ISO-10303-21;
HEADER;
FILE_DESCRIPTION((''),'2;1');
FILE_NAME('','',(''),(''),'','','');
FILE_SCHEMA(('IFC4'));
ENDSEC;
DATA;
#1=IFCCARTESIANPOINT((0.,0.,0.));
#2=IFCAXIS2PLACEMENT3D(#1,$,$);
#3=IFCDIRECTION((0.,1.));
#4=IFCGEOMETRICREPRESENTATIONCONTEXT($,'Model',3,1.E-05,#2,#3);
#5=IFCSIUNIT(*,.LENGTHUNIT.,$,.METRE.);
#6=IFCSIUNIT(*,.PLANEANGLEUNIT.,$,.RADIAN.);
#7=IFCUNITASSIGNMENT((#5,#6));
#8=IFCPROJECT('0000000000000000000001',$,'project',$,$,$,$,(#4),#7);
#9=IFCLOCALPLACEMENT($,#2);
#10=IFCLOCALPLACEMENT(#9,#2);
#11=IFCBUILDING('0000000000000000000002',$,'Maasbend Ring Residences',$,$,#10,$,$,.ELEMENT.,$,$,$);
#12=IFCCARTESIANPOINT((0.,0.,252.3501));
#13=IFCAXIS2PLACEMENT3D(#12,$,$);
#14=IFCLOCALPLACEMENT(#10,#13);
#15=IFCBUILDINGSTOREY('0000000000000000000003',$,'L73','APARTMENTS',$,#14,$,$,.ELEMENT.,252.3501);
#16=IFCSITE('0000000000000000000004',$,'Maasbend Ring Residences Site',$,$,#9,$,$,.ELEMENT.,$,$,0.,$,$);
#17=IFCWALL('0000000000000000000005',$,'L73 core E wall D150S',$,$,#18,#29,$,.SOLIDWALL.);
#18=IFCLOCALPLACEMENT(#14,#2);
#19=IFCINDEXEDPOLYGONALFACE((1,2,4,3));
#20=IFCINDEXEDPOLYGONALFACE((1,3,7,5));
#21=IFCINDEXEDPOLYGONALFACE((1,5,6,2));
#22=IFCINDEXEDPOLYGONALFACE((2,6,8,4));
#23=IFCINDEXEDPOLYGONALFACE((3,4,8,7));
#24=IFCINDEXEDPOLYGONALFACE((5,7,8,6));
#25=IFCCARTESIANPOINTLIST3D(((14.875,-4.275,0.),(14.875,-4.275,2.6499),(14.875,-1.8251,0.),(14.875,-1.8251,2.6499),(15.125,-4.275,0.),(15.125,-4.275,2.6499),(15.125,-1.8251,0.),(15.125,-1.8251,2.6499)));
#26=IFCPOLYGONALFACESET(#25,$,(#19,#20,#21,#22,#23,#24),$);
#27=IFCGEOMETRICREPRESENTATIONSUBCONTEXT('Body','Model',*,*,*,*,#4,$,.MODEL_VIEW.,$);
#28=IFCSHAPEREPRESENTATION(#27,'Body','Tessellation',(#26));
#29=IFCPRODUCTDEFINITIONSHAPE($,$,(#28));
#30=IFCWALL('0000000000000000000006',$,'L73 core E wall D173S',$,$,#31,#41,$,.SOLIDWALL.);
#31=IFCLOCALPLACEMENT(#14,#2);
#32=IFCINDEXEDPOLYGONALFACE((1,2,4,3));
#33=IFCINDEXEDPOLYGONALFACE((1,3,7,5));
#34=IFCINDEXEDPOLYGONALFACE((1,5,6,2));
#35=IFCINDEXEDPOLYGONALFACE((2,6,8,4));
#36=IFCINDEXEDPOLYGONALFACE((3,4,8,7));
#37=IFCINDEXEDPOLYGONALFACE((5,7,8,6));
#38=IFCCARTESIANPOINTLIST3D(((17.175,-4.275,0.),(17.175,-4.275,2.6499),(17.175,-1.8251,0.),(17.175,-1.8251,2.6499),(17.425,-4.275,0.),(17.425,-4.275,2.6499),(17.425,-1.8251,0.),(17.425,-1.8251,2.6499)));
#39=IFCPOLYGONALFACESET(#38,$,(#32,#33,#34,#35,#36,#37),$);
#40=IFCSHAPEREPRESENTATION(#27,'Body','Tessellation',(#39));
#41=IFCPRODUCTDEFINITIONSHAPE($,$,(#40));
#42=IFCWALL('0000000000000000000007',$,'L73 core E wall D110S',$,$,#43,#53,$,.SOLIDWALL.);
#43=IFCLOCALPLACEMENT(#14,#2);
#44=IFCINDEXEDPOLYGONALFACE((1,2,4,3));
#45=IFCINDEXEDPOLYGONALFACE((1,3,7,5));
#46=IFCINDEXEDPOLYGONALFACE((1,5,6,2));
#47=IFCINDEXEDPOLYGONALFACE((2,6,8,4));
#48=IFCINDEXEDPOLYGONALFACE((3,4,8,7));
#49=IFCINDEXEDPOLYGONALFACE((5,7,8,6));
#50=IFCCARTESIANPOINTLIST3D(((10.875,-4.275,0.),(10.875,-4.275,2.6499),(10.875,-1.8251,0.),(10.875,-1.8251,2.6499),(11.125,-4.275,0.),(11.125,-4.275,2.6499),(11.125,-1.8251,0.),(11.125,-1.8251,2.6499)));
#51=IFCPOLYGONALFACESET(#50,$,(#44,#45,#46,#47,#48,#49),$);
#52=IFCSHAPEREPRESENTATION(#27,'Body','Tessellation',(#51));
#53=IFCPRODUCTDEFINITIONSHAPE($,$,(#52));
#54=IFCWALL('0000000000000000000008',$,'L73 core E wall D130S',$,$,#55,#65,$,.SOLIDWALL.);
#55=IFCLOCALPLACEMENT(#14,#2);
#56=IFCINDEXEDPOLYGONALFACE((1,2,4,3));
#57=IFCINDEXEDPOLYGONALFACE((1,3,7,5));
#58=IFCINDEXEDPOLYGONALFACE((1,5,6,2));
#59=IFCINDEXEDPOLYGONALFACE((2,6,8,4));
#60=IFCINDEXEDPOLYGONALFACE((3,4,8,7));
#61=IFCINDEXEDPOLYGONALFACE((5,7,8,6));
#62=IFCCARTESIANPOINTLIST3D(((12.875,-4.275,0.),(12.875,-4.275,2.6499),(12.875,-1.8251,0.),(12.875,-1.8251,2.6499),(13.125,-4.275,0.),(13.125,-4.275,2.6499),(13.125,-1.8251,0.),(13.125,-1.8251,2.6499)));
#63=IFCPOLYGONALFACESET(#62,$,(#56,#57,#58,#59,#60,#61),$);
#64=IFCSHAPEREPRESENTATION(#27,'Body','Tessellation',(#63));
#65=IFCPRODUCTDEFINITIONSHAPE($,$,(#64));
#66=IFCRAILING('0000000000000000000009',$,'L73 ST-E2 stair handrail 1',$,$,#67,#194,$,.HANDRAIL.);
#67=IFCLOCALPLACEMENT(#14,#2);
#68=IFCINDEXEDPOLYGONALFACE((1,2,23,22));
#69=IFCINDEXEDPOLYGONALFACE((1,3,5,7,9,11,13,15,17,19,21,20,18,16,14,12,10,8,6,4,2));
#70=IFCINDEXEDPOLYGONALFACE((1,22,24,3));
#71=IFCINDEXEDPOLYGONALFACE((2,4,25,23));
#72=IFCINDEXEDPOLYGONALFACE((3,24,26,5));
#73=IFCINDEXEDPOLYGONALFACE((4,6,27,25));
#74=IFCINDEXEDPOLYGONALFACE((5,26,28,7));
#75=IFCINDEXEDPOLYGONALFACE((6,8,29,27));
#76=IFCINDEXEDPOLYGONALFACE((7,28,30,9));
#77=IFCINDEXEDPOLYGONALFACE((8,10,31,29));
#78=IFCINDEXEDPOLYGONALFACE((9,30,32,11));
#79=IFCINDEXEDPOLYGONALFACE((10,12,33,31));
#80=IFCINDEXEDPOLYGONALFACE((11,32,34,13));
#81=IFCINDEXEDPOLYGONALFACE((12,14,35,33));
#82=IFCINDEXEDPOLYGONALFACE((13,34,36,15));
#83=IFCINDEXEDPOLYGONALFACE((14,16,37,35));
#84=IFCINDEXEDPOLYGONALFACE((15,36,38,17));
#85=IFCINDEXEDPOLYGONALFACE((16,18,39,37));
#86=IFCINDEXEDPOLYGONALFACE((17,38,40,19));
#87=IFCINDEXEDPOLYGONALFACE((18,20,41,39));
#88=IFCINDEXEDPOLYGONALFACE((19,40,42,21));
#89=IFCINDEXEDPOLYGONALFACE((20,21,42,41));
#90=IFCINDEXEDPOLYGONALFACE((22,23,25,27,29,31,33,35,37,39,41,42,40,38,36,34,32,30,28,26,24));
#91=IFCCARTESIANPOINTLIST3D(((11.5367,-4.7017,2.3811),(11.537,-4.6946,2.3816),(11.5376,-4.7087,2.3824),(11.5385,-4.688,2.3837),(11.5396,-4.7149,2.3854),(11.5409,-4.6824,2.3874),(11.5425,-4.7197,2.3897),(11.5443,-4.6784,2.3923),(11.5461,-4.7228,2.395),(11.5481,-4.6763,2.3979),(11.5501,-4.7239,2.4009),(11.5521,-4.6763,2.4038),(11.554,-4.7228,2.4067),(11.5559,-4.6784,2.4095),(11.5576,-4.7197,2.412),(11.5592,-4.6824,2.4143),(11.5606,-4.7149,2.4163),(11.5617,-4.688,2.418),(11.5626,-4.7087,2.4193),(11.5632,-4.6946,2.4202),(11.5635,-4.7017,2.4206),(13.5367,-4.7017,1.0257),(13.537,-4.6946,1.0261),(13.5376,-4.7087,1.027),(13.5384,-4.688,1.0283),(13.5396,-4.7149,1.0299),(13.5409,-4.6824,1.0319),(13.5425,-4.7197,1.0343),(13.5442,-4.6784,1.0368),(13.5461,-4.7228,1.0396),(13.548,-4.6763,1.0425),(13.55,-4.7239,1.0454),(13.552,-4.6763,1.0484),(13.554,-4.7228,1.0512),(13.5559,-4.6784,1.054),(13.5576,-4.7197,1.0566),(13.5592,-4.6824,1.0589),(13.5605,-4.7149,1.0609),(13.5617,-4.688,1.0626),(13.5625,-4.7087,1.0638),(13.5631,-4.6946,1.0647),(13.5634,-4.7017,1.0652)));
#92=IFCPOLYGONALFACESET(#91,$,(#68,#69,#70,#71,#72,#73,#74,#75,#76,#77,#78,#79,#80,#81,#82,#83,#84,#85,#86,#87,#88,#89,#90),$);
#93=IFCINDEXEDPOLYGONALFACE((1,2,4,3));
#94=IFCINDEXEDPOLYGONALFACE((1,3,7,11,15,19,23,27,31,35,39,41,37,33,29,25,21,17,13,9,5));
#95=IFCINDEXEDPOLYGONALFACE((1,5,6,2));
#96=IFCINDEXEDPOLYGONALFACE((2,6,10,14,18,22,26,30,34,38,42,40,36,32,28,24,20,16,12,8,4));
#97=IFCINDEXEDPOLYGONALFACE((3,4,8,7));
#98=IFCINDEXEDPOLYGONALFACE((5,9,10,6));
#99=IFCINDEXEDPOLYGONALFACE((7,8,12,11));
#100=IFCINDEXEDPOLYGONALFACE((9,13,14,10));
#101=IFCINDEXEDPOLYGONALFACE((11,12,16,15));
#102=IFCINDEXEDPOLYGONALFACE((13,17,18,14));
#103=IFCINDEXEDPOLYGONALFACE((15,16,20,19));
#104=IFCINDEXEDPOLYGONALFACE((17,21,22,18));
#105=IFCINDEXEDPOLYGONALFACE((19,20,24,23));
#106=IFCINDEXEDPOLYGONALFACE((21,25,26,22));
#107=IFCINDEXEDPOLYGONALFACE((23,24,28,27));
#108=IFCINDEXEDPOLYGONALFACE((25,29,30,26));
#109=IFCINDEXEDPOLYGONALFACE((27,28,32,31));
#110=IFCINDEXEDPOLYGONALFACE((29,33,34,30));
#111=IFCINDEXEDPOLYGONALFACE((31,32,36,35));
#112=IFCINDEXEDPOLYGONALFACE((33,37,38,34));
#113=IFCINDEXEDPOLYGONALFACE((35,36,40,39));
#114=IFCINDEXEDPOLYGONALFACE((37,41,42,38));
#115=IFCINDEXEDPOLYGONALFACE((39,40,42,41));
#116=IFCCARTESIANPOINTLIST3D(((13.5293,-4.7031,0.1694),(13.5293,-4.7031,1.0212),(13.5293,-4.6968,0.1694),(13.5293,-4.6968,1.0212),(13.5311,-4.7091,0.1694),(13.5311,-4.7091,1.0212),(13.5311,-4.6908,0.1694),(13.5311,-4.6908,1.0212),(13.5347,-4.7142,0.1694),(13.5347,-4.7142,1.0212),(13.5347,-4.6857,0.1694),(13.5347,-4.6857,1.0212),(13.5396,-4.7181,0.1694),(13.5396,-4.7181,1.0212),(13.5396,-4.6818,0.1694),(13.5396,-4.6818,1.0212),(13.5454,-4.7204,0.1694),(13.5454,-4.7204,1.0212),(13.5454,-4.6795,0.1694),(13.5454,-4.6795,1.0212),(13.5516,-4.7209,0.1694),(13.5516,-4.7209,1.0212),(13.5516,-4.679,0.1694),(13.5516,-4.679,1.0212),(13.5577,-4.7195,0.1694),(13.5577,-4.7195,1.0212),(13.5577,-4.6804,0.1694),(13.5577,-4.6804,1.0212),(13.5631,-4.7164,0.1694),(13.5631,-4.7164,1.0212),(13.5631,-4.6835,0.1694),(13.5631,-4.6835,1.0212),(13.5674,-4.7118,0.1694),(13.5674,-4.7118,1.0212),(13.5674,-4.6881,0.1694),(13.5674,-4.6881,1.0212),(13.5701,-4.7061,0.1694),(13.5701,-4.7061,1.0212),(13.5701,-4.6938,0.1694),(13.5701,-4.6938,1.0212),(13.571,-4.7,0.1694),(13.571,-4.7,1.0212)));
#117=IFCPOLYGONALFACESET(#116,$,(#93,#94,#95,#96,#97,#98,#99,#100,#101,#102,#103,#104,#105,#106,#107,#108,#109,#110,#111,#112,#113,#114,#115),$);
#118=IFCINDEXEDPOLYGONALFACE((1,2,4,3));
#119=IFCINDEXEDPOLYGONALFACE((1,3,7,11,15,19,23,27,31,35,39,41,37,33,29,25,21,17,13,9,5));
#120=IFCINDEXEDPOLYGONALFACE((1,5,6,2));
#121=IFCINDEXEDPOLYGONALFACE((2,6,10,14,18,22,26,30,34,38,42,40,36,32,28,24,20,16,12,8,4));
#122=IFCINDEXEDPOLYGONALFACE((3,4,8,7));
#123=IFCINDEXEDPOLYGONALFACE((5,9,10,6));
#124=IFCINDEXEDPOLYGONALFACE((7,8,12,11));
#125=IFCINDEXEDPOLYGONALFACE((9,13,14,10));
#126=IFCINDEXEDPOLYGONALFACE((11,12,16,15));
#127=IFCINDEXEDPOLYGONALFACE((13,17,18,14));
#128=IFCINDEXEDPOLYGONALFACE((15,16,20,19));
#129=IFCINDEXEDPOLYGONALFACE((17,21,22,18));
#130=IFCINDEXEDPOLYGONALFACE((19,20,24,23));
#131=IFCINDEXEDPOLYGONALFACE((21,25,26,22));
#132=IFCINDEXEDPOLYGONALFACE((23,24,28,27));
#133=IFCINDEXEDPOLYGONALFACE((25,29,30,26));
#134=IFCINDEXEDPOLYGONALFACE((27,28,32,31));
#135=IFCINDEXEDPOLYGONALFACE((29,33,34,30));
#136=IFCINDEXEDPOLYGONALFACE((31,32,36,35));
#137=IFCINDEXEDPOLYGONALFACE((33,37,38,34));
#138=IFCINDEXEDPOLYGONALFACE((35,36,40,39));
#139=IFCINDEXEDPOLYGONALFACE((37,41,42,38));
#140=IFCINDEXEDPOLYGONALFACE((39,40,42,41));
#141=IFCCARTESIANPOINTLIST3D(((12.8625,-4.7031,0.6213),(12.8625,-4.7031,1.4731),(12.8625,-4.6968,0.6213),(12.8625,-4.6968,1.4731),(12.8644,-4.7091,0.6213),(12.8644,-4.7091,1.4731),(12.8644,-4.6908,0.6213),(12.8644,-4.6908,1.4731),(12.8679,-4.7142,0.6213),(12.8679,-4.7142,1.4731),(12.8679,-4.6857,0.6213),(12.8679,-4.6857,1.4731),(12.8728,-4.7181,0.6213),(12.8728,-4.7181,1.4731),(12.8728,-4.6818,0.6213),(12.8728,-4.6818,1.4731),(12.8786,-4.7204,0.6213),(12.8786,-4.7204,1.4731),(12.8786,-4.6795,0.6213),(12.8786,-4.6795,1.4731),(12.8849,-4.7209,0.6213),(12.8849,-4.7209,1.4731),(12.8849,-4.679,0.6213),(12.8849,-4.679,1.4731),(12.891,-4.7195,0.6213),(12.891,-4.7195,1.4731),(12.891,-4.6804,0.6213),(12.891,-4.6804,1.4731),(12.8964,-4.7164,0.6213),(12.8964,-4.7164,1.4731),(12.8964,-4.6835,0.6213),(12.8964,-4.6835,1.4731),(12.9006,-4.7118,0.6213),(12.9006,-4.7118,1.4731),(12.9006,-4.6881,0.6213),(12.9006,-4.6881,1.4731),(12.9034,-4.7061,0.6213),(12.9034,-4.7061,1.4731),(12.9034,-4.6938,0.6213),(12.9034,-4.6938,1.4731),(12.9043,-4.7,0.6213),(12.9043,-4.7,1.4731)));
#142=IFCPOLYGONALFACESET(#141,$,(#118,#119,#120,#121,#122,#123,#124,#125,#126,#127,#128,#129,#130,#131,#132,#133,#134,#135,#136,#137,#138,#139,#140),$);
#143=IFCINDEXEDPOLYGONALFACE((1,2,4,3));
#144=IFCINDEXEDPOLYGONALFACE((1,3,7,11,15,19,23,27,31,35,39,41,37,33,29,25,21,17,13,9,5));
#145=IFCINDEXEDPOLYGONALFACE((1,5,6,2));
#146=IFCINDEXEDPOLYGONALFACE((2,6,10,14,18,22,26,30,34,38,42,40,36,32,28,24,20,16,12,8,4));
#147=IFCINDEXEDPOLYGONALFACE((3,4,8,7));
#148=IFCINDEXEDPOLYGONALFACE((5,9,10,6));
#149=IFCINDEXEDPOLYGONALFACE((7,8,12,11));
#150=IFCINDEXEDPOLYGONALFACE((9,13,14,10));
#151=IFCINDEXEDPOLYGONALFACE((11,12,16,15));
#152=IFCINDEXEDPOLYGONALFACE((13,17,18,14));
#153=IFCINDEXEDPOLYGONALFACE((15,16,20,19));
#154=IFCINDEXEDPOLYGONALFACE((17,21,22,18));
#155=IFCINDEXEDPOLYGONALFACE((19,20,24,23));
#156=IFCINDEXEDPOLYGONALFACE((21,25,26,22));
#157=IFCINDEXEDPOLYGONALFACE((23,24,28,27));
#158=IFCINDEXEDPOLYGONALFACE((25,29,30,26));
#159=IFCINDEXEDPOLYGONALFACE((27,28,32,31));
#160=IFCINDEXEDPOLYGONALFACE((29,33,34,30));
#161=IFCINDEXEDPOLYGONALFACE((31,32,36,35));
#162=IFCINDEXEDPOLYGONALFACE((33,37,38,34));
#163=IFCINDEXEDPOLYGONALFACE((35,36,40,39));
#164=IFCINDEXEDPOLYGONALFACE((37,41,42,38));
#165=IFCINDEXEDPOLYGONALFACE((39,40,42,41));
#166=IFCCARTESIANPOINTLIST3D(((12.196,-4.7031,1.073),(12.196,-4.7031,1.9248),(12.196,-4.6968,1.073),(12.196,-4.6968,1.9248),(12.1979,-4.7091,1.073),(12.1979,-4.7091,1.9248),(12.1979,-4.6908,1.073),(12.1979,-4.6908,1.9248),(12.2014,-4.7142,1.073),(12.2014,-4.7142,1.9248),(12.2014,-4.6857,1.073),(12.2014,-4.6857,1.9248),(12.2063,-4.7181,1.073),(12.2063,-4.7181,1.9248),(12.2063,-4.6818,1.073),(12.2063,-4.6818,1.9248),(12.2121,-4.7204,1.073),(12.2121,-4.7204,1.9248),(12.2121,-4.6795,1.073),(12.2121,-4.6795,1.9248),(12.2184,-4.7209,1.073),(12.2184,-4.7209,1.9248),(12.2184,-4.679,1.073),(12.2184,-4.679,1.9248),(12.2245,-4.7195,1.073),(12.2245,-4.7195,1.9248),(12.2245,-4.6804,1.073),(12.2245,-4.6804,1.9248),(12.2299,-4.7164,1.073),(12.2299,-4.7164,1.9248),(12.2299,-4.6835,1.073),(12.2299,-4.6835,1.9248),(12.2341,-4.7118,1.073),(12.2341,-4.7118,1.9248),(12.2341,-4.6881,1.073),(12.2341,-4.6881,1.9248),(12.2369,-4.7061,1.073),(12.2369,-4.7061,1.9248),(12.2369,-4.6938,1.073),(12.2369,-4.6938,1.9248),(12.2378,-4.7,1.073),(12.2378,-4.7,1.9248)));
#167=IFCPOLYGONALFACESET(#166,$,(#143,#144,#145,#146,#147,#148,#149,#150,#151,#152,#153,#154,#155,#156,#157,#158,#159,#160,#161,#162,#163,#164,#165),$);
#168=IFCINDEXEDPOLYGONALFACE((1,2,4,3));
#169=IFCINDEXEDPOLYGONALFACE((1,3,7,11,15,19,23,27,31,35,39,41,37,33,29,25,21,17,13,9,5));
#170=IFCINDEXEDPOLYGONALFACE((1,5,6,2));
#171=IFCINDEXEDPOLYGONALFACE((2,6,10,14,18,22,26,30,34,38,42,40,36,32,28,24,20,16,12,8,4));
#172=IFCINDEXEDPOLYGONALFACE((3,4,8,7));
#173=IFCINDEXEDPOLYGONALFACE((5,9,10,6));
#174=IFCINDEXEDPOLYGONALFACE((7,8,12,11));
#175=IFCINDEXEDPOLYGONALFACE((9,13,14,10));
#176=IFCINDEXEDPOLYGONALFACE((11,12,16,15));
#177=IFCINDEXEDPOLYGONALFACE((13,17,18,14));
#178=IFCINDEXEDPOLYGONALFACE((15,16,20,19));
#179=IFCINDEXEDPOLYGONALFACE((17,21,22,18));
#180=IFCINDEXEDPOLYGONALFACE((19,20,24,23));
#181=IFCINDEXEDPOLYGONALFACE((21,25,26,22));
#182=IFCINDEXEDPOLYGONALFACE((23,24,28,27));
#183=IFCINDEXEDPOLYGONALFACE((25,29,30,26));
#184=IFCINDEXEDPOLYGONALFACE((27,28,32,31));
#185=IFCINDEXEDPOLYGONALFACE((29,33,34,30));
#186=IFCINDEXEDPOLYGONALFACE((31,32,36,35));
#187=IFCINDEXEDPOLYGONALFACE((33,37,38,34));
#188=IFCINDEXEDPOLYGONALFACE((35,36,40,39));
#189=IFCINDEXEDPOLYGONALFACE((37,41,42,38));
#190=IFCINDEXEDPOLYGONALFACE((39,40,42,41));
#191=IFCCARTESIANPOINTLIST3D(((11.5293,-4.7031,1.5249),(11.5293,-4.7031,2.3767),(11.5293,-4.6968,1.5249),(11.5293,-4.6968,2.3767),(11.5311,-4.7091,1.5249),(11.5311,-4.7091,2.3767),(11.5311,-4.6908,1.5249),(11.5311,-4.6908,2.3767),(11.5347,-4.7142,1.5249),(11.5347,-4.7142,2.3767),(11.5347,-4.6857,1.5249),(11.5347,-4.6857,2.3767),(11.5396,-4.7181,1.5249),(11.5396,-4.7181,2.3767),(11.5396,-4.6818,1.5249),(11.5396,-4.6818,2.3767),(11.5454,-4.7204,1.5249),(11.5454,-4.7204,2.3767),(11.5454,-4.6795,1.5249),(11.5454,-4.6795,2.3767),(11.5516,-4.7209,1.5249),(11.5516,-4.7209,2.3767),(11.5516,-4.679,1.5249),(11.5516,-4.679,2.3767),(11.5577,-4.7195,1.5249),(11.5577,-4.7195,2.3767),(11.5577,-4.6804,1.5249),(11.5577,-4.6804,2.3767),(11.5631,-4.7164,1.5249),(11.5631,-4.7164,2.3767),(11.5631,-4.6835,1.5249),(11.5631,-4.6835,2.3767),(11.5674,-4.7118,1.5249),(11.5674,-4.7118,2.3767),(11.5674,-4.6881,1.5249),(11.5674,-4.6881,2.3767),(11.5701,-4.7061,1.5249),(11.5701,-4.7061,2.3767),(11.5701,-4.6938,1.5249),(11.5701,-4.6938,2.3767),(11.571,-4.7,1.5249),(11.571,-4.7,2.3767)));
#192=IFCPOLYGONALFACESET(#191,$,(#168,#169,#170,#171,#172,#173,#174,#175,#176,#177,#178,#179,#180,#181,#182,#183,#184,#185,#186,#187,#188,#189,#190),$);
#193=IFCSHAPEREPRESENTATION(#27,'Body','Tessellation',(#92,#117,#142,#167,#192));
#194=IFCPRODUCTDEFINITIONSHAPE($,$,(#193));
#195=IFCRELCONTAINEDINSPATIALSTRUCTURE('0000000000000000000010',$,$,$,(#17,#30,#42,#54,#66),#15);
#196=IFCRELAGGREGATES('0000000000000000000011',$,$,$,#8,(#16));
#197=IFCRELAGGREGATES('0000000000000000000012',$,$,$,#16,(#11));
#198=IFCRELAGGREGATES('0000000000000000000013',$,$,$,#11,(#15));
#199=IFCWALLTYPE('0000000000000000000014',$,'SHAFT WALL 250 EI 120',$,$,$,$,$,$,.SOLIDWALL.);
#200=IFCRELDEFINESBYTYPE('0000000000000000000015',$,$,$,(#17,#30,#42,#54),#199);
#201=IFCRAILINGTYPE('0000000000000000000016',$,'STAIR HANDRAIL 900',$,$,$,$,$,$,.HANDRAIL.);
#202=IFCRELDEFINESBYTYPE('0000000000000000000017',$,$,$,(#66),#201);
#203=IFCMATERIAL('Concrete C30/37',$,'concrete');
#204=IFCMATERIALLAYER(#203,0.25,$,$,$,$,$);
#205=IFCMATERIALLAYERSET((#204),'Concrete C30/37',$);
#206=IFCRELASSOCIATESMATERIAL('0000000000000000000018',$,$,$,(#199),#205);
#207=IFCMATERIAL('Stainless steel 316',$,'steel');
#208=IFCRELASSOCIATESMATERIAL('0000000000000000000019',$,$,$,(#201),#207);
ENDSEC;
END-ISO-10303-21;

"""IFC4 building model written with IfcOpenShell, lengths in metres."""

from ifc_helpers import new_model, si_unit, direction, frame, frame_2d, origin, origin_2d, place, context, subcontext, project, spatial, rectangle, circle, extrude, material, layer, layer_set, type_object, element, save


model = new_model("IFC4")

# Units and contexts
model_context = context("Model", 3, precision=1e-05, world=origin(), true_north=direction((0.0, 1.0)))
body_context = subcontext(model_context, "Body", "Model", "MODEL_VIEW")
ifc_project = project(units=[si_unit("LENGTHUNIT", "METRE"), si_unit("PLANEANGLEUNIT", "RADIAN")], contexts=[model_context])

# Site, building, storey
site_placement = place(None, origin())
site = spatial("IfcSite", under=ifc_project, at=site_placement, Name="Maasbend Ring Residences Site", CompositionType="ELEMENT", RefElevation=0.0)
building_placement = place(site_placement, origin())
building = spatial("IfcBuilding", under=site, at=building_placement, Name="Maasbend Ring Residences", CompositionType="ELEMENT")
storey_placement = place(building_placement, frame((0.0, 0.0, 252.3501)))
storey = spatial("IfcBuildingStorey", under=building, at=storey_placement, Name="L73", Description="APARTMENTS", CompositionType="ELEMENT", Elevation=252.3501)

# Walls
ifc_material_1 = material(Name="Concrete C30/37", Category="concrete")
ifc_layer_1 = layer(ifc_material_1, 0.25)
ifc_layer_set_1 = layer_set([ifc_layer_1], Name="Concrete C30/37")
wall_type_1 = type_object("IfcWallType", Name="SHAFT WALL 250 EI 120", PredefinedType="SOLIDWALL", material=ifc_layer_set_1)
for number, where, z_axis, x_axis, name in (
    (1, (15.0, -1.825, 0.0), (0.0, 0.0, 1.0), (0.0, -1.0, 0.0), "L73 core E wall D150S"),
    (2, (17.3, -1.825, 0.0), (0.0, 0.0, 1.0), (0.0, -1.0, 0.0), "L73 core E wall D173S"),
    (3, (11.0, -1.825, 0.0), (0.0, 0.0, 1.0), (0.0, -1.0, 0.0), "L73 core E wall D110S"),
    (4, (13.0, -1.825, 0.0), (0.0, 0.0, 1.0), (0.0, -1.0, 0.0), "L73 core E wall D130S"),
):
    element("IfcWall", number, at=place(storey_placement, frame(where, z_axis=z_axis, x_axis=x_axis)), inside=storey, type_object=wall_type_1, Name=name, PredefinedType="SOLIDWALL", context=body_context, shape_type="SweptSolid", body=[
        extrude(rectangle(XDim=2.45, YDim=0.25, at=frame_2d((1.2251, 0.0))), origin(), (0.0, 0.0, 1.0), 2.6499),
    ])

# Railing
ifc_material_2 = material(Name="Stainless steel 316", Category="steel")
railing_type_1 = type_object("IfcRailingType", Name="STAIR HANDRAIL 900", PredefinedType="HANDRAIL", material=ifc_material_2)
railing_1_placement = place(storey_placement, frame((13.55, -4.7, 0.1694)))
element("IfcRailing", 5, at=railing_1_placement, inside=storey, type_object=railing_type_1, Name="L73 ST-E2 stair handrail 1", PredefinedType="HANDRAIL", context=body_context, shape_type="SweptSolid", body=[
    extrude(circle(Radius=0.0239, at=origin_2d()), frame((0.0, 0.0, 0.876), z_axis=(-0.827798, 0.0, 0.561027), x_axis=(0.0, -1.0, 0.0)), (0.0, 0.0, 1.0), 2.416),
    extrude(circle(Radius=0.021, at=origin_2d()), origin(), (0.0, 0.0, 1.0), 0.8518),
    extrude(circle(Radius=0.021, at=origin_2d()), frame((-0.6667, 0.0, 0.4519)), (0.0, 0.0, 1.0), 0.8518),
    extrude(circle(Radius=0.021, at=origin_2d()), frame((-1.3333, 0.0, 0.9036)), (0.0, 0.0, 1.0), 0.8518),
    extrude(circle(Radius=0.021, at=origin_2d()), frame((-2.0, 0.0, 1.3555)), (0.0, 0.0, 1.0), 0.8518),
])

save(model, "model.ifc")
